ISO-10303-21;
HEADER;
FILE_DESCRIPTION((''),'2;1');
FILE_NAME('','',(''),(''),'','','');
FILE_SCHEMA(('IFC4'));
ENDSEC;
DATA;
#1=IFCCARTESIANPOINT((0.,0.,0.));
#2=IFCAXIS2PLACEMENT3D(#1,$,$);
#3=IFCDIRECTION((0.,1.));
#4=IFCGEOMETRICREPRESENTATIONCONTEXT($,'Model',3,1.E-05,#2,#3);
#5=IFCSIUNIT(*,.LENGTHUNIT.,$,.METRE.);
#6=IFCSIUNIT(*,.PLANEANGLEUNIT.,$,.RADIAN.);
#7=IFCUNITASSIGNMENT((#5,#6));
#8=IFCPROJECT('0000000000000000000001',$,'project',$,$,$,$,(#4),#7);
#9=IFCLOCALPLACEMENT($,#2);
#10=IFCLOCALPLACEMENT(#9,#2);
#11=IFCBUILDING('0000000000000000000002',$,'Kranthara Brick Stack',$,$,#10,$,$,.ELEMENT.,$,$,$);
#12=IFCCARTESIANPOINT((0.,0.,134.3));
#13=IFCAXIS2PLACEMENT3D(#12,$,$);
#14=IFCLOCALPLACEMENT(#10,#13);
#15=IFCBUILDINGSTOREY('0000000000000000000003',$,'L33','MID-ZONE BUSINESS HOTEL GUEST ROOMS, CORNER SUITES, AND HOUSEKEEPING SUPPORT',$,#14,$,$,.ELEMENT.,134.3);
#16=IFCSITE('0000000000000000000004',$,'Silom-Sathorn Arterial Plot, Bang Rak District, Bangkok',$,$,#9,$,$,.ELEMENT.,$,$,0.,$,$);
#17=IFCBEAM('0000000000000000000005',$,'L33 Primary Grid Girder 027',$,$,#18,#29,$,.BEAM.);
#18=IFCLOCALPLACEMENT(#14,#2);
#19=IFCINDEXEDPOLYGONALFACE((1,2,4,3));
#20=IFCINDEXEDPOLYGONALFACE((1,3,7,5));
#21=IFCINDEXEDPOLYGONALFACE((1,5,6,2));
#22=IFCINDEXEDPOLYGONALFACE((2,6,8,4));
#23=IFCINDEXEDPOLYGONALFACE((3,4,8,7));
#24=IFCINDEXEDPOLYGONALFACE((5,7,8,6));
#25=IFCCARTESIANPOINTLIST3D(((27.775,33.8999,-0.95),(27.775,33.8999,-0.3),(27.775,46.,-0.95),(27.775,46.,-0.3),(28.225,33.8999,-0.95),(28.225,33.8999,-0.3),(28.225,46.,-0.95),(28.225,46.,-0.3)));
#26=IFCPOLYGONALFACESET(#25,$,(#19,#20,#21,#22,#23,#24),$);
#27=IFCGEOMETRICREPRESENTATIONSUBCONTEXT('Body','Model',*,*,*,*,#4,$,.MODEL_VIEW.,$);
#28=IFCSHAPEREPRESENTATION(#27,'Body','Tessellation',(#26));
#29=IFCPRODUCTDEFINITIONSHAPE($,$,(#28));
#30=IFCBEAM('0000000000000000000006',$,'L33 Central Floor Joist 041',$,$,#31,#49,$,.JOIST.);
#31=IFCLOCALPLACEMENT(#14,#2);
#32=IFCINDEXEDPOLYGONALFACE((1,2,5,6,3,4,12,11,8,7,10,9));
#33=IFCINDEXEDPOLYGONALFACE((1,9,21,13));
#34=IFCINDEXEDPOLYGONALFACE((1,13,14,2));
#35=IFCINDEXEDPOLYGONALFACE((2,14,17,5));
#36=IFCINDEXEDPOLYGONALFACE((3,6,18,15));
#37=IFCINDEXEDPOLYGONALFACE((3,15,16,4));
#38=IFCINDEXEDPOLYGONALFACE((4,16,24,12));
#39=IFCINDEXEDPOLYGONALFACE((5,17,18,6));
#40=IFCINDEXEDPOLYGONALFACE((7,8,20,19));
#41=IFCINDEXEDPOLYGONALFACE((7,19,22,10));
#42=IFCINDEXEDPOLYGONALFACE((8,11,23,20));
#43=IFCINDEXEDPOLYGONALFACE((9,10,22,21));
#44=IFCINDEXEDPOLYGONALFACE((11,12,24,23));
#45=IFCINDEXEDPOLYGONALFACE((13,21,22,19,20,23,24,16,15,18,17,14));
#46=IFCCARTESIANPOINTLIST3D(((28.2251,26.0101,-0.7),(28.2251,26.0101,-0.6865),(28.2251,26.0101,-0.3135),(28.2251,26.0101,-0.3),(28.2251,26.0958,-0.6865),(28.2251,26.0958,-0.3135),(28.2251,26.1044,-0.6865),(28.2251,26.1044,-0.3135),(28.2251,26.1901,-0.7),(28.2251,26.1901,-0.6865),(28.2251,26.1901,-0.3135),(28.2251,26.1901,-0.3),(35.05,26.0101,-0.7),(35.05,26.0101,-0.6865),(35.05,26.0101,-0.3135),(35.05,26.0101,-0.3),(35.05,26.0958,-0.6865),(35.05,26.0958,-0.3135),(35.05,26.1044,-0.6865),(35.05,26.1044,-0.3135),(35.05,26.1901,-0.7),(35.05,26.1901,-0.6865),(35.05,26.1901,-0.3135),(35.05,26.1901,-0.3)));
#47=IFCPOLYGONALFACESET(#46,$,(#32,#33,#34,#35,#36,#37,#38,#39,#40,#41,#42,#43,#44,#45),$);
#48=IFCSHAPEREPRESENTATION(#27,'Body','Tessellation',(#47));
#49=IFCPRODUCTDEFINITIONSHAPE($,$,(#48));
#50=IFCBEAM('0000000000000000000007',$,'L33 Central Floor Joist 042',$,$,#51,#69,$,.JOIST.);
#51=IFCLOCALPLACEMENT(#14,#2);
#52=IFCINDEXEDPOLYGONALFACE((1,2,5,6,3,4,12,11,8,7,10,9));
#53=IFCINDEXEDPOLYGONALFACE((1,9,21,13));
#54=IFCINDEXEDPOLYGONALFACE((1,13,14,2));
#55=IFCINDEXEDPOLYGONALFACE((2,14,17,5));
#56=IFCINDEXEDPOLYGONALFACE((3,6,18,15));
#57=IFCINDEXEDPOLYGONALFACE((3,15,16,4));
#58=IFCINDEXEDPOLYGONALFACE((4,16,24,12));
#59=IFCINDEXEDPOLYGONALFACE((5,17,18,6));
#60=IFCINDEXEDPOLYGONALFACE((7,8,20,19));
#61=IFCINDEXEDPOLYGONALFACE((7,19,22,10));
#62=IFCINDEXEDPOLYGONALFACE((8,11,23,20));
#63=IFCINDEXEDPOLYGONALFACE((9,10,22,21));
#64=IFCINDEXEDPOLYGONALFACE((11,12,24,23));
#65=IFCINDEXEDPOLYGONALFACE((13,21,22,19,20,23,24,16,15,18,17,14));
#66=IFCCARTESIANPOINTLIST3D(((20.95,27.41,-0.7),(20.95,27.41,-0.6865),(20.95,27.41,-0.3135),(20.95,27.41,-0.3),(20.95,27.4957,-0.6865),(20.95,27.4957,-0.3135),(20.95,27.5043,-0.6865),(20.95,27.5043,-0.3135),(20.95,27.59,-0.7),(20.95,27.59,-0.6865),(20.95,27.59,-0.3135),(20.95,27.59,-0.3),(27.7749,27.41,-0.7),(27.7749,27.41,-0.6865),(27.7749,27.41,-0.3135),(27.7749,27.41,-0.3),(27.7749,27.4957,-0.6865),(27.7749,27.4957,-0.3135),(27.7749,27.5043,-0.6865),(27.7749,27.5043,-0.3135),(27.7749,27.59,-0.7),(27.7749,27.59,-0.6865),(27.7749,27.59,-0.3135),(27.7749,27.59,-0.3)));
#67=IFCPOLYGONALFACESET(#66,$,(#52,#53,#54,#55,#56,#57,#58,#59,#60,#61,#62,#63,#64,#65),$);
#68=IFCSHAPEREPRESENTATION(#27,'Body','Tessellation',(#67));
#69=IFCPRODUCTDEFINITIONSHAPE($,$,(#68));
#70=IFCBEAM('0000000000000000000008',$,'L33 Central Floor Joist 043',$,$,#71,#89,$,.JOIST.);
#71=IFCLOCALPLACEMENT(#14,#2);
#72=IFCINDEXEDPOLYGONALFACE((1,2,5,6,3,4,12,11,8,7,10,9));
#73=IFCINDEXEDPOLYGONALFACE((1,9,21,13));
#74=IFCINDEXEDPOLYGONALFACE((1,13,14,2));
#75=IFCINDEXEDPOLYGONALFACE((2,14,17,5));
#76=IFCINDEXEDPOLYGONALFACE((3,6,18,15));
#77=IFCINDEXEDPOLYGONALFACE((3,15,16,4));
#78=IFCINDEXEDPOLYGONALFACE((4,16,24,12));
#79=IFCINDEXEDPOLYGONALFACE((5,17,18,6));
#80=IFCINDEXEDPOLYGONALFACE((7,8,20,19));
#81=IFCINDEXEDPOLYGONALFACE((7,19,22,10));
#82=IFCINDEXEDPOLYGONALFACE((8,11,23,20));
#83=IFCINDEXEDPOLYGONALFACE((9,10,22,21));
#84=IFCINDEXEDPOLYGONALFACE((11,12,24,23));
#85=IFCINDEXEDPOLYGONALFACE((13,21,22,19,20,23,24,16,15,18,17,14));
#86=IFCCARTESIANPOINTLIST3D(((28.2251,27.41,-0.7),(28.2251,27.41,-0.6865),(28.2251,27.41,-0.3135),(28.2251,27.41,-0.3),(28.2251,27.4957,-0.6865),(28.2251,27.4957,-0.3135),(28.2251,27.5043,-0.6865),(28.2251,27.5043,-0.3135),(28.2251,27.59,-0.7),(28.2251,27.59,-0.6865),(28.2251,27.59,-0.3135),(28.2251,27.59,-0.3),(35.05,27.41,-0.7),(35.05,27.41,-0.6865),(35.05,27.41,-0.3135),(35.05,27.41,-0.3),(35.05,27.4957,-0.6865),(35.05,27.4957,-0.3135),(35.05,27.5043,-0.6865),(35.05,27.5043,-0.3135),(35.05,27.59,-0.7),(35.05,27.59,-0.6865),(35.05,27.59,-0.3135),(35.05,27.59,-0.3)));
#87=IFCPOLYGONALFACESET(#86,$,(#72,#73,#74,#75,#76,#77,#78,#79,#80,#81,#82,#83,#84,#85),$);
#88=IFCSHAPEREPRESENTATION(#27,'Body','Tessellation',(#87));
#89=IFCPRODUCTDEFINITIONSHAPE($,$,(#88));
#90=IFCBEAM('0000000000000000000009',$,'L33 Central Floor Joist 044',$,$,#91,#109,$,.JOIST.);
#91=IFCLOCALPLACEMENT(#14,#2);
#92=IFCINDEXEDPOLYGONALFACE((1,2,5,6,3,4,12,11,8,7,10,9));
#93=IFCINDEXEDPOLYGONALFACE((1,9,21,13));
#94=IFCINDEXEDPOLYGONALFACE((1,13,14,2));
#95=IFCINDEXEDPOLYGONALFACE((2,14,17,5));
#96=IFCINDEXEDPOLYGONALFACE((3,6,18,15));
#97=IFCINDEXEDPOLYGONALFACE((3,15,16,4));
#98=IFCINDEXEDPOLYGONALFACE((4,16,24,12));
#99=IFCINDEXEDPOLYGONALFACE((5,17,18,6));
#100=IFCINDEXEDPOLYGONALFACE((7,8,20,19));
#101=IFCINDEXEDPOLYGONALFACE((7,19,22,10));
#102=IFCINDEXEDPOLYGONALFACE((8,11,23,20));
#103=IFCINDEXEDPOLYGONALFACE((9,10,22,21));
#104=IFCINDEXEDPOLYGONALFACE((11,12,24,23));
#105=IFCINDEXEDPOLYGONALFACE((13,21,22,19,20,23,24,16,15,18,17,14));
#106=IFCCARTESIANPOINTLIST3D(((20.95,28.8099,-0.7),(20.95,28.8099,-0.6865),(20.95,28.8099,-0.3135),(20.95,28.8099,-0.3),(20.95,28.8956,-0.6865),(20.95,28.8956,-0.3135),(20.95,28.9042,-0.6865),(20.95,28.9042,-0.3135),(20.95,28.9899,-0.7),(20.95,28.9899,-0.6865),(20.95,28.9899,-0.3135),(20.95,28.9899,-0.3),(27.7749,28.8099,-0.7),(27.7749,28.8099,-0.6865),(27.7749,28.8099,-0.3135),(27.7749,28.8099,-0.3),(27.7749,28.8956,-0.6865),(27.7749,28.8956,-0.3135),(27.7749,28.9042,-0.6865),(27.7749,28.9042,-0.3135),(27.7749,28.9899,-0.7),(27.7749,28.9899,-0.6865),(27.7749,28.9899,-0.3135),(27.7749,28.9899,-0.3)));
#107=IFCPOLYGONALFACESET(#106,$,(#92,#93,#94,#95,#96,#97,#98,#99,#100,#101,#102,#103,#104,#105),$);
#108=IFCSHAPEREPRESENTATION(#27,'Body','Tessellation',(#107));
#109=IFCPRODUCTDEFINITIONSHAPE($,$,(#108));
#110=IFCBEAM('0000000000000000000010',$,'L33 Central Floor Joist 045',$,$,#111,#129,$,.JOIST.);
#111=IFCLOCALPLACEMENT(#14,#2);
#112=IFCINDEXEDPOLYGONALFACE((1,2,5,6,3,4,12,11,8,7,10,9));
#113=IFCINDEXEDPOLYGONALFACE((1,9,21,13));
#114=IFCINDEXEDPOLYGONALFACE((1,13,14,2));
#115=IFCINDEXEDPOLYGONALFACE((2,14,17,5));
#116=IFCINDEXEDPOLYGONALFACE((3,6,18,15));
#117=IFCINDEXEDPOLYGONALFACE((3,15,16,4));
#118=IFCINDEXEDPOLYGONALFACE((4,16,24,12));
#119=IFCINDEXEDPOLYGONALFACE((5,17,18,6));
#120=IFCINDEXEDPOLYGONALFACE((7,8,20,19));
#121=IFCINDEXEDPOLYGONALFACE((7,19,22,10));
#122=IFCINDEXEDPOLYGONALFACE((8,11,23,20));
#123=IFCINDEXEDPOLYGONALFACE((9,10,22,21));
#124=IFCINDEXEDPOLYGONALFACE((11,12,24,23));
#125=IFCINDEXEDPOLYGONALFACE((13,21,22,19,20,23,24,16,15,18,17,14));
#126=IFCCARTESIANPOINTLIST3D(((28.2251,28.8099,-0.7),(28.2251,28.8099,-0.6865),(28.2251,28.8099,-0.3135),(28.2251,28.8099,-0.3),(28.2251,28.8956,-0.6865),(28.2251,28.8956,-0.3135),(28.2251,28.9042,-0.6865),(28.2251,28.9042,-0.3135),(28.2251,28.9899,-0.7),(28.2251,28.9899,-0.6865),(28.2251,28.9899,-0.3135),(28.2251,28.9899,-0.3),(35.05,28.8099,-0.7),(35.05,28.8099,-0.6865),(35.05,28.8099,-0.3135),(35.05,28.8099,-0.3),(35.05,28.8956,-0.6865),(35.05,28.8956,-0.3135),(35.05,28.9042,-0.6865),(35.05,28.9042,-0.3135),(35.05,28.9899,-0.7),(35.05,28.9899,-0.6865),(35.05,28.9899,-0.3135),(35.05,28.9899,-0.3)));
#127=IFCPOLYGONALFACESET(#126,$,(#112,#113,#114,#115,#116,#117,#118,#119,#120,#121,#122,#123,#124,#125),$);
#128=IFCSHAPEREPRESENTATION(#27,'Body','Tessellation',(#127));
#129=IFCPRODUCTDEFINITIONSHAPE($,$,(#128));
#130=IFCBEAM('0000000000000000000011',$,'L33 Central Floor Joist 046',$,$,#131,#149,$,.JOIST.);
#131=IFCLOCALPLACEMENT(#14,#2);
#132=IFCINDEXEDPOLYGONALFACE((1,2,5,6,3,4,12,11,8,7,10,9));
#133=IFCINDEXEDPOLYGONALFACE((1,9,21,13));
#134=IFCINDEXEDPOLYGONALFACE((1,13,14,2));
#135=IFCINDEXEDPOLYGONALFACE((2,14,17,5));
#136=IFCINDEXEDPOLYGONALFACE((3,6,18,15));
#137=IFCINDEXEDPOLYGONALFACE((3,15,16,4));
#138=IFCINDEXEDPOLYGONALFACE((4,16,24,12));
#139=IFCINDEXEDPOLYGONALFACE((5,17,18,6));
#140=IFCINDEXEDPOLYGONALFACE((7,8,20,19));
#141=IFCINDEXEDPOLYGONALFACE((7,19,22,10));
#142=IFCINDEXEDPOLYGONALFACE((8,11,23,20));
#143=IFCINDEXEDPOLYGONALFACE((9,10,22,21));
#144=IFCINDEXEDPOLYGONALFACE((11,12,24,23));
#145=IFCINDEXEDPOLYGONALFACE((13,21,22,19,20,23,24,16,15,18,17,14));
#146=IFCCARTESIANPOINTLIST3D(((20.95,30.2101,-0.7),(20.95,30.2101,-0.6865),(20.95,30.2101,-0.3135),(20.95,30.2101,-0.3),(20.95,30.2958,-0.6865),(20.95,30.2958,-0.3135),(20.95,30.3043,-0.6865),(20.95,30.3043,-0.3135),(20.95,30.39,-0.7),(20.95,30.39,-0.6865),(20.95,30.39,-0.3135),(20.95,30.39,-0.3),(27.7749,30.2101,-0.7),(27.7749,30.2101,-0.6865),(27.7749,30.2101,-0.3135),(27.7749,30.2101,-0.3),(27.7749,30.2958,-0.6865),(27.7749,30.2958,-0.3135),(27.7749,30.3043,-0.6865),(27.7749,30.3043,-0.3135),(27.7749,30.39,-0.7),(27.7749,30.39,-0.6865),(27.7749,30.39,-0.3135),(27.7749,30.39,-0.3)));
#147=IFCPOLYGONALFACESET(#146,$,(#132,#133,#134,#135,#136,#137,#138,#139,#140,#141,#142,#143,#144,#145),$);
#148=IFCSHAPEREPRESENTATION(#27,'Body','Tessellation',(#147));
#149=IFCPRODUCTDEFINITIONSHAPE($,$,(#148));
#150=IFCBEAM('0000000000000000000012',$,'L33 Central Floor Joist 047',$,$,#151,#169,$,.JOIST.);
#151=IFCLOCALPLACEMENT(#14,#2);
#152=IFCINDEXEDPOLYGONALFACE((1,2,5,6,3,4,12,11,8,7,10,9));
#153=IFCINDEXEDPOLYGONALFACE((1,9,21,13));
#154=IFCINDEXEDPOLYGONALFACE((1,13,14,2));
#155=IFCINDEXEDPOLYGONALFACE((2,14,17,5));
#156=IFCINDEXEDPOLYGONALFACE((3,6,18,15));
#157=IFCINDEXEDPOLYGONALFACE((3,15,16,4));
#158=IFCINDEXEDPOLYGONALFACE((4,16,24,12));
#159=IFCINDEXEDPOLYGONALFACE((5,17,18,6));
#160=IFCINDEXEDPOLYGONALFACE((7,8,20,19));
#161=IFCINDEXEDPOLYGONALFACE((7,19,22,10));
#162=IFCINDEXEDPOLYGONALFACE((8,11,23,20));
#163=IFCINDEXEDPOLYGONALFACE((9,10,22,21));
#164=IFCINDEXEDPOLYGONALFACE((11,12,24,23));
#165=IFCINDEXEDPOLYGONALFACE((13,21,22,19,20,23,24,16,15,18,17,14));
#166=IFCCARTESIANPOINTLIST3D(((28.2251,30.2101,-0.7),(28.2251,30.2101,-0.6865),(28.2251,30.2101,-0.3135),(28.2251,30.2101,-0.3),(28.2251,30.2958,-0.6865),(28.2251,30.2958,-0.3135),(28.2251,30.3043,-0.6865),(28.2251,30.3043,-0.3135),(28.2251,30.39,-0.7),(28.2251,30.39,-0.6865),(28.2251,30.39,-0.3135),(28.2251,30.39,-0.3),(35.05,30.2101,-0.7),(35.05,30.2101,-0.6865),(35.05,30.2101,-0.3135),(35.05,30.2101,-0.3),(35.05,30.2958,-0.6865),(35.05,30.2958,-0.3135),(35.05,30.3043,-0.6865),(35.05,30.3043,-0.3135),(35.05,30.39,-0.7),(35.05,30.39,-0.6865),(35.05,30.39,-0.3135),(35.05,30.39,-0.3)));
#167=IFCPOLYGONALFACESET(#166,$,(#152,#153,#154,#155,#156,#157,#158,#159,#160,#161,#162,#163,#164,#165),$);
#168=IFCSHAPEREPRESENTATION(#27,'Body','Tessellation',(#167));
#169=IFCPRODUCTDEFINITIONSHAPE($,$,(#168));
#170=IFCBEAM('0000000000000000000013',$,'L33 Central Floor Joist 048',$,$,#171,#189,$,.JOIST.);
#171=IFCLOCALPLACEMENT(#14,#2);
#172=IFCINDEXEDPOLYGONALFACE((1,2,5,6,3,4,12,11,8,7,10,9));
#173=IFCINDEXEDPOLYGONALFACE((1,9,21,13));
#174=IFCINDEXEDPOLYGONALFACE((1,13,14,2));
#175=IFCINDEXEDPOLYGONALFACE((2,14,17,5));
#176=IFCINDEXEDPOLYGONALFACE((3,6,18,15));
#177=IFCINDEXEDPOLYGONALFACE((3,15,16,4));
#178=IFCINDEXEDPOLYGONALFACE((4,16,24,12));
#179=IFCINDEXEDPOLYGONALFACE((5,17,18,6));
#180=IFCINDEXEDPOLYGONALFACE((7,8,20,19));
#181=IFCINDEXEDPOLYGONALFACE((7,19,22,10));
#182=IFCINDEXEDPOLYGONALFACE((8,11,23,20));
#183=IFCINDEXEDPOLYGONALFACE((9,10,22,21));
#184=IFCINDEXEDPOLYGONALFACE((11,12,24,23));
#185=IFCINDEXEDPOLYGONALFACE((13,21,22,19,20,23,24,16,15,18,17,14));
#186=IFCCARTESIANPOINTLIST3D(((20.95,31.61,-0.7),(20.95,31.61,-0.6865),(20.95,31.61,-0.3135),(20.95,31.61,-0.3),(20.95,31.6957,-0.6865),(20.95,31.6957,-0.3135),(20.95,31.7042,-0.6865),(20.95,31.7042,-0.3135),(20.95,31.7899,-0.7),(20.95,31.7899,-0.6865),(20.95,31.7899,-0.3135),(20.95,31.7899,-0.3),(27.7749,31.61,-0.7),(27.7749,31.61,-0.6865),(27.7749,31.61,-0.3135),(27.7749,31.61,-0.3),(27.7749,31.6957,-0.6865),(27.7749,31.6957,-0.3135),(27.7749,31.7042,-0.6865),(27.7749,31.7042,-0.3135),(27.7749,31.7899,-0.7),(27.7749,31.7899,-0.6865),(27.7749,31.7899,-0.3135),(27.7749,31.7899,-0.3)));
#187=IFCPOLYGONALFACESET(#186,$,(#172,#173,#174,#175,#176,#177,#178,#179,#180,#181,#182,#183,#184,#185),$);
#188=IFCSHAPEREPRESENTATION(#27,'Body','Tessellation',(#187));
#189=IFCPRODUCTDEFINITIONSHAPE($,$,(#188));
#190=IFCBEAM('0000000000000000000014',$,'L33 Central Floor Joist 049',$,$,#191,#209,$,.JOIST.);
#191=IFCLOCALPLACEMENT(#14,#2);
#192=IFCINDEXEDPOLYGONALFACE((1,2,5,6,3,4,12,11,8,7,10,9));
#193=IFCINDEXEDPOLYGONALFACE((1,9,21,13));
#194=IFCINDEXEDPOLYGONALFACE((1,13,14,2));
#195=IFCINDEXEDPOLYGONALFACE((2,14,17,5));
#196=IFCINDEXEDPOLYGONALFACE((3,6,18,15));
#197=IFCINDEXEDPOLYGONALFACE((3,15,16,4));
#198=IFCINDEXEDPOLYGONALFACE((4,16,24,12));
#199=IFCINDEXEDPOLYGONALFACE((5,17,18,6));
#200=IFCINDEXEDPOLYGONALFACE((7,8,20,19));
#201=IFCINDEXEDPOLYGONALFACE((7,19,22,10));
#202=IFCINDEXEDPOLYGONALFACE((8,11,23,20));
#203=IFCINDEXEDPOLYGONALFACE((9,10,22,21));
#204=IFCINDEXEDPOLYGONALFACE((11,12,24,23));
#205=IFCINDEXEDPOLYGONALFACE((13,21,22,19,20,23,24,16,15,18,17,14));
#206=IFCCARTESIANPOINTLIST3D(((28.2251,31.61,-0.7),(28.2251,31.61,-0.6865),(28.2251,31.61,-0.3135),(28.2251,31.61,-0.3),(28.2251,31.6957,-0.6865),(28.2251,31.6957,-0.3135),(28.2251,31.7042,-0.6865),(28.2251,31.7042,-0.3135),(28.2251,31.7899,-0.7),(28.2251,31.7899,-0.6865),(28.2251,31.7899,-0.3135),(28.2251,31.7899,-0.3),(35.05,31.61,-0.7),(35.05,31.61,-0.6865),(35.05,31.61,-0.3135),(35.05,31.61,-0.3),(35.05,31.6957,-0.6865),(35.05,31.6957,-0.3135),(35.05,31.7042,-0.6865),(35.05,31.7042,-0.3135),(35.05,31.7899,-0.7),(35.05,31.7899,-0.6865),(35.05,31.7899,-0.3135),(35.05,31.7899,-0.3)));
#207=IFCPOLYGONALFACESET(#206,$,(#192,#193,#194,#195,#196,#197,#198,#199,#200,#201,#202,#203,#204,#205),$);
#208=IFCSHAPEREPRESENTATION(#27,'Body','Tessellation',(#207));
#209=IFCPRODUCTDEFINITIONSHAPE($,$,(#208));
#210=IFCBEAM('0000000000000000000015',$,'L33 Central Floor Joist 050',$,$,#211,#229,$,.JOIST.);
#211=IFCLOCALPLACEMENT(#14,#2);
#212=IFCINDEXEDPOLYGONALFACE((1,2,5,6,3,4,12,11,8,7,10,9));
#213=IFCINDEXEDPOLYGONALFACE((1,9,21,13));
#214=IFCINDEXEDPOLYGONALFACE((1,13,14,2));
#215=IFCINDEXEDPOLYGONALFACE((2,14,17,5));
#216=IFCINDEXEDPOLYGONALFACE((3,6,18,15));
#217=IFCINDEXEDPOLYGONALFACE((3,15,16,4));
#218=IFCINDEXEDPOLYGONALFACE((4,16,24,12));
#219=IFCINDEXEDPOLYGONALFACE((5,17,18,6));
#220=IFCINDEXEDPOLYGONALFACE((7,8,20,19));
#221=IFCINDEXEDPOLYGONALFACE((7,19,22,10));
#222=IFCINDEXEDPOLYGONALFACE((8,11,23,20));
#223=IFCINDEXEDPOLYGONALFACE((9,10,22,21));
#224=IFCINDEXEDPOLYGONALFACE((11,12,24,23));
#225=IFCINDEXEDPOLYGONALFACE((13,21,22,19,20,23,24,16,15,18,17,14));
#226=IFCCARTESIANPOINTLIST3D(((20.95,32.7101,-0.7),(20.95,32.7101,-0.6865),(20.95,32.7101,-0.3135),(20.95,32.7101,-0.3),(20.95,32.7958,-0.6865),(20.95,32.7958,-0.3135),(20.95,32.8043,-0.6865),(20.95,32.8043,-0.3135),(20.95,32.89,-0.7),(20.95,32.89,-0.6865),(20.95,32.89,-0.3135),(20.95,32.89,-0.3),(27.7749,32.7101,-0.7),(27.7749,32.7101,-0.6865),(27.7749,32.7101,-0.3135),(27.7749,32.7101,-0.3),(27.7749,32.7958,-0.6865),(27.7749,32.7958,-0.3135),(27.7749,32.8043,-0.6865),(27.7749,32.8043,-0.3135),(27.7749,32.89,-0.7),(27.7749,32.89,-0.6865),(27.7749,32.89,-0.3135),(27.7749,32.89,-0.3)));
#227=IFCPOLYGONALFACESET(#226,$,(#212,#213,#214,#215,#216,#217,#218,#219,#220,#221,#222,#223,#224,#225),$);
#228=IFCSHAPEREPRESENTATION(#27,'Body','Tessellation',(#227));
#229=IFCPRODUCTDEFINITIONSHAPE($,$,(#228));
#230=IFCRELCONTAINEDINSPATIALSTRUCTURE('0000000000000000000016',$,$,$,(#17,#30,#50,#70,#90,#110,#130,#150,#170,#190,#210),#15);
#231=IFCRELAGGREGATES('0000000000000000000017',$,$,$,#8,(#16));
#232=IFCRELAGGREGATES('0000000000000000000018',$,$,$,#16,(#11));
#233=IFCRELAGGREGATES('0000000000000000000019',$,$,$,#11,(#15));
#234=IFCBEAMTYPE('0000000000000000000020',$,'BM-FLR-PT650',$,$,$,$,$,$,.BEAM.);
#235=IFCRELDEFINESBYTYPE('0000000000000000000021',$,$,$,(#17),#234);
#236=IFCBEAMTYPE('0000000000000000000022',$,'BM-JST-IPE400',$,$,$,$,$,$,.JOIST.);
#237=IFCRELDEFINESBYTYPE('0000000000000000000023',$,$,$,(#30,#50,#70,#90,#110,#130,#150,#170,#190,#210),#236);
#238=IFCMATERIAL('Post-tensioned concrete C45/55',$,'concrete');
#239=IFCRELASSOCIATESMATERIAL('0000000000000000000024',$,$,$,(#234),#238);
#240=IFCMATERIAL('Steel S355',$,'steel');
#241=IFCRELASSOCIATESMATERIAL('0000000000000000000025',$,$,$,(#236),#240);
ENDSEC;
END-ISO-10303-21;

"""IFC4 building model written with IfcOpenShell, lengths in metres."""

from ifc_helpers import new_model, si_unit, direction, frame, origin, origin_2d, place, context, subcontext, project, spatial, rectangle, i_section, extrude, material, material_profile, profile_set, type_object, element, save


model = new_model("IFC4")

# Units and contexts
model_context = context("Model", 3, precision=1e-05, world=origin(), true_north=direction((0.0, 1.0)))
body_context = subcontext(model_context, "Body", "Model", "MODEL_VIEW")
ifc_project = project(units=[si_unit("LENGTHUNIT", "METRE"), si_unit("PLANEANGLEUNIT", "RADIAN")], contexts=[model_context])

# Site, building, storey
site_placement = place(None, origin())
site = spatial("IfcSite", under=ifc_project, at=site_placement, Name="Silom-Sathorn Arterial Plot, Bang Rak District, Bangkok", CompositionType="ELEMENT", RefElevation=0.0)
building_placement = place(site_placement, origin())
building = spatial("IfcBuilding", under=site, at=building_placement, Name="Kranthara Brick Stack", CompositionType="ELEMENT")
storey_placement = place(building_placement, frame((0.0, 0.0, 134.3)))
storey = spatial("IfcBuildingStorey", under=building, at=storey_placement, Name="L33", Description="MID-ZONE BUSINESS HOTEL GUEST ROOMS, CORNER SUITES, AND HOUSEKEEPING SUPPORT", CompositionType="ELEMENT", Elevation=134.3)

# Beams
ifc_material_1 = material(Name="Post-tensioned concrete C45/55", Category="concrete")
ifc_material_profile_1 = material_profile(ifc_material_1, rectangle(XDim=0.45, YDim=0.6499, at=origin_2d()), Name="PT 450x650")
ifc_profile_set_1 = profile_set([ifc_material_profile_1], Name="Post-tensioned concrete C45/55")
beam_type_1 = type_object("IfcBeamType", Name="BM-FLR-PT650", PredefinedType="BEAM", material=ifc_profile_set_1)
beam_placement = place(storey_placement, frame((28.0, 33.8999, -0.625), z_axis=(0.0, 1.0, 0.0), x_axis=(-1.0, 0.0, 0.0)))
element("IfcBeam", 1, at=beam_placement, inside=storey, type_object=beam_type_1, Name="L33 Primary Grid Girder 027", PredefinedType="BEAM", context=body_context, shape_type="SweptSolid", body=[
    extrude(rectangle(XDim=0.45, YDim=0.6499, at=origin_2d()), origin(), (0.0, 0.0, 1.0), 12.1001),
])
ifc_material_2 = material(Name="Steel S355", Category="steel")
ifc_material_profile_2 = material_profile(ifc_material_2, i_section(OverallWidth=0.1799, OverallDepth=0.3999, WebThickness=0.0085, FlangeThickness=0.0134, at=origin_2d()), Name="IPE 400")
ifc_profile_set_2 = profile_set([ifc_material_profile_2], Name="Steel S355")
beam_type_2 = type_object("IfcBeamType", Name="BM-JST-IPE400", PredefinedType="JOIST", material=ifc_profile_set_2)
for number, where, z_axis, x_axis, name in (
    (2, (28.2251, 26.1001, -0.5), (1.0, 0.0, 0.0), (0.0, 1.0, 0.0), "L33 Central Floor Joist 041"),
    (3, (20.95, 27.5, -0.5), (1.0, 0.0, 0.0), (0.0, 1.0, 0.0), "L33 Central Floor Joist 042"),
    (4, (28.2251, 27.5, -0.5), (1.0, 0.0, 0.0), (0.0, 1.0, 0.0), "L33 Central Floor Joist 043"),
    (5, (20.95, 28.8999, -0.5), (1.0, 0.0, 0.0), (0.0, 1.0, 0.0), "L33 Central Floor Joist 044"),
    (6, (28.2251, 28.8999, -0.5), (1.0, 0.0, 0.0), (0.0, 1.0, 0.0), "L33 Central Floor Joist 045"),
    (7, (20.95, 30.3, -0.5), (1.0, 0.0, 0.0), (0.0, 1.0, 0.0), "L33 Central Floor Joist 046"),
    (8, (28.2251, 30.3, -0.5), (1.0, 0.0, 0.0), (0.0, 1.0, 0.0), "L33 Central Floor Joist 047"),
    (9, (20.95, 31.7, -0.5), (1.0, 0.0, 0.0), (0.0, 1.0, 0.0), "L33 Central Floor Joist 048"),
    (10, (28.2251, 31.7, -0.5), (1.0, 0.0, 0.0), (0.0, 1.0, 0.0), "L33 Central Floor Joist 049"),
    (11, (20.95, 32.8, -0.5), (1.0, 0.0, 0.0), (0.0, 1.0, 0.0), "L33 Central Floor Joist 050"),
):
    element("IfcBeam", number, at=place(storey_placement, frame(where, z_axis=z_axis, x_axis=x_axis)), inside=storey, type_object=beam_type_2, Name=name, PredefinedType="JOIST", context=body_context, shape_type="SweptSolid", body=[
        extrude(i_section(OverallWidth=0.1799, OverallDepth=0.3999, WebThickness=0.0085, FlangeThickness=0.0134, at=origin_2d()), origin(), (0.0, 0.0, 1.0), 6.825),
    ])

save(model, "model.ifc")
